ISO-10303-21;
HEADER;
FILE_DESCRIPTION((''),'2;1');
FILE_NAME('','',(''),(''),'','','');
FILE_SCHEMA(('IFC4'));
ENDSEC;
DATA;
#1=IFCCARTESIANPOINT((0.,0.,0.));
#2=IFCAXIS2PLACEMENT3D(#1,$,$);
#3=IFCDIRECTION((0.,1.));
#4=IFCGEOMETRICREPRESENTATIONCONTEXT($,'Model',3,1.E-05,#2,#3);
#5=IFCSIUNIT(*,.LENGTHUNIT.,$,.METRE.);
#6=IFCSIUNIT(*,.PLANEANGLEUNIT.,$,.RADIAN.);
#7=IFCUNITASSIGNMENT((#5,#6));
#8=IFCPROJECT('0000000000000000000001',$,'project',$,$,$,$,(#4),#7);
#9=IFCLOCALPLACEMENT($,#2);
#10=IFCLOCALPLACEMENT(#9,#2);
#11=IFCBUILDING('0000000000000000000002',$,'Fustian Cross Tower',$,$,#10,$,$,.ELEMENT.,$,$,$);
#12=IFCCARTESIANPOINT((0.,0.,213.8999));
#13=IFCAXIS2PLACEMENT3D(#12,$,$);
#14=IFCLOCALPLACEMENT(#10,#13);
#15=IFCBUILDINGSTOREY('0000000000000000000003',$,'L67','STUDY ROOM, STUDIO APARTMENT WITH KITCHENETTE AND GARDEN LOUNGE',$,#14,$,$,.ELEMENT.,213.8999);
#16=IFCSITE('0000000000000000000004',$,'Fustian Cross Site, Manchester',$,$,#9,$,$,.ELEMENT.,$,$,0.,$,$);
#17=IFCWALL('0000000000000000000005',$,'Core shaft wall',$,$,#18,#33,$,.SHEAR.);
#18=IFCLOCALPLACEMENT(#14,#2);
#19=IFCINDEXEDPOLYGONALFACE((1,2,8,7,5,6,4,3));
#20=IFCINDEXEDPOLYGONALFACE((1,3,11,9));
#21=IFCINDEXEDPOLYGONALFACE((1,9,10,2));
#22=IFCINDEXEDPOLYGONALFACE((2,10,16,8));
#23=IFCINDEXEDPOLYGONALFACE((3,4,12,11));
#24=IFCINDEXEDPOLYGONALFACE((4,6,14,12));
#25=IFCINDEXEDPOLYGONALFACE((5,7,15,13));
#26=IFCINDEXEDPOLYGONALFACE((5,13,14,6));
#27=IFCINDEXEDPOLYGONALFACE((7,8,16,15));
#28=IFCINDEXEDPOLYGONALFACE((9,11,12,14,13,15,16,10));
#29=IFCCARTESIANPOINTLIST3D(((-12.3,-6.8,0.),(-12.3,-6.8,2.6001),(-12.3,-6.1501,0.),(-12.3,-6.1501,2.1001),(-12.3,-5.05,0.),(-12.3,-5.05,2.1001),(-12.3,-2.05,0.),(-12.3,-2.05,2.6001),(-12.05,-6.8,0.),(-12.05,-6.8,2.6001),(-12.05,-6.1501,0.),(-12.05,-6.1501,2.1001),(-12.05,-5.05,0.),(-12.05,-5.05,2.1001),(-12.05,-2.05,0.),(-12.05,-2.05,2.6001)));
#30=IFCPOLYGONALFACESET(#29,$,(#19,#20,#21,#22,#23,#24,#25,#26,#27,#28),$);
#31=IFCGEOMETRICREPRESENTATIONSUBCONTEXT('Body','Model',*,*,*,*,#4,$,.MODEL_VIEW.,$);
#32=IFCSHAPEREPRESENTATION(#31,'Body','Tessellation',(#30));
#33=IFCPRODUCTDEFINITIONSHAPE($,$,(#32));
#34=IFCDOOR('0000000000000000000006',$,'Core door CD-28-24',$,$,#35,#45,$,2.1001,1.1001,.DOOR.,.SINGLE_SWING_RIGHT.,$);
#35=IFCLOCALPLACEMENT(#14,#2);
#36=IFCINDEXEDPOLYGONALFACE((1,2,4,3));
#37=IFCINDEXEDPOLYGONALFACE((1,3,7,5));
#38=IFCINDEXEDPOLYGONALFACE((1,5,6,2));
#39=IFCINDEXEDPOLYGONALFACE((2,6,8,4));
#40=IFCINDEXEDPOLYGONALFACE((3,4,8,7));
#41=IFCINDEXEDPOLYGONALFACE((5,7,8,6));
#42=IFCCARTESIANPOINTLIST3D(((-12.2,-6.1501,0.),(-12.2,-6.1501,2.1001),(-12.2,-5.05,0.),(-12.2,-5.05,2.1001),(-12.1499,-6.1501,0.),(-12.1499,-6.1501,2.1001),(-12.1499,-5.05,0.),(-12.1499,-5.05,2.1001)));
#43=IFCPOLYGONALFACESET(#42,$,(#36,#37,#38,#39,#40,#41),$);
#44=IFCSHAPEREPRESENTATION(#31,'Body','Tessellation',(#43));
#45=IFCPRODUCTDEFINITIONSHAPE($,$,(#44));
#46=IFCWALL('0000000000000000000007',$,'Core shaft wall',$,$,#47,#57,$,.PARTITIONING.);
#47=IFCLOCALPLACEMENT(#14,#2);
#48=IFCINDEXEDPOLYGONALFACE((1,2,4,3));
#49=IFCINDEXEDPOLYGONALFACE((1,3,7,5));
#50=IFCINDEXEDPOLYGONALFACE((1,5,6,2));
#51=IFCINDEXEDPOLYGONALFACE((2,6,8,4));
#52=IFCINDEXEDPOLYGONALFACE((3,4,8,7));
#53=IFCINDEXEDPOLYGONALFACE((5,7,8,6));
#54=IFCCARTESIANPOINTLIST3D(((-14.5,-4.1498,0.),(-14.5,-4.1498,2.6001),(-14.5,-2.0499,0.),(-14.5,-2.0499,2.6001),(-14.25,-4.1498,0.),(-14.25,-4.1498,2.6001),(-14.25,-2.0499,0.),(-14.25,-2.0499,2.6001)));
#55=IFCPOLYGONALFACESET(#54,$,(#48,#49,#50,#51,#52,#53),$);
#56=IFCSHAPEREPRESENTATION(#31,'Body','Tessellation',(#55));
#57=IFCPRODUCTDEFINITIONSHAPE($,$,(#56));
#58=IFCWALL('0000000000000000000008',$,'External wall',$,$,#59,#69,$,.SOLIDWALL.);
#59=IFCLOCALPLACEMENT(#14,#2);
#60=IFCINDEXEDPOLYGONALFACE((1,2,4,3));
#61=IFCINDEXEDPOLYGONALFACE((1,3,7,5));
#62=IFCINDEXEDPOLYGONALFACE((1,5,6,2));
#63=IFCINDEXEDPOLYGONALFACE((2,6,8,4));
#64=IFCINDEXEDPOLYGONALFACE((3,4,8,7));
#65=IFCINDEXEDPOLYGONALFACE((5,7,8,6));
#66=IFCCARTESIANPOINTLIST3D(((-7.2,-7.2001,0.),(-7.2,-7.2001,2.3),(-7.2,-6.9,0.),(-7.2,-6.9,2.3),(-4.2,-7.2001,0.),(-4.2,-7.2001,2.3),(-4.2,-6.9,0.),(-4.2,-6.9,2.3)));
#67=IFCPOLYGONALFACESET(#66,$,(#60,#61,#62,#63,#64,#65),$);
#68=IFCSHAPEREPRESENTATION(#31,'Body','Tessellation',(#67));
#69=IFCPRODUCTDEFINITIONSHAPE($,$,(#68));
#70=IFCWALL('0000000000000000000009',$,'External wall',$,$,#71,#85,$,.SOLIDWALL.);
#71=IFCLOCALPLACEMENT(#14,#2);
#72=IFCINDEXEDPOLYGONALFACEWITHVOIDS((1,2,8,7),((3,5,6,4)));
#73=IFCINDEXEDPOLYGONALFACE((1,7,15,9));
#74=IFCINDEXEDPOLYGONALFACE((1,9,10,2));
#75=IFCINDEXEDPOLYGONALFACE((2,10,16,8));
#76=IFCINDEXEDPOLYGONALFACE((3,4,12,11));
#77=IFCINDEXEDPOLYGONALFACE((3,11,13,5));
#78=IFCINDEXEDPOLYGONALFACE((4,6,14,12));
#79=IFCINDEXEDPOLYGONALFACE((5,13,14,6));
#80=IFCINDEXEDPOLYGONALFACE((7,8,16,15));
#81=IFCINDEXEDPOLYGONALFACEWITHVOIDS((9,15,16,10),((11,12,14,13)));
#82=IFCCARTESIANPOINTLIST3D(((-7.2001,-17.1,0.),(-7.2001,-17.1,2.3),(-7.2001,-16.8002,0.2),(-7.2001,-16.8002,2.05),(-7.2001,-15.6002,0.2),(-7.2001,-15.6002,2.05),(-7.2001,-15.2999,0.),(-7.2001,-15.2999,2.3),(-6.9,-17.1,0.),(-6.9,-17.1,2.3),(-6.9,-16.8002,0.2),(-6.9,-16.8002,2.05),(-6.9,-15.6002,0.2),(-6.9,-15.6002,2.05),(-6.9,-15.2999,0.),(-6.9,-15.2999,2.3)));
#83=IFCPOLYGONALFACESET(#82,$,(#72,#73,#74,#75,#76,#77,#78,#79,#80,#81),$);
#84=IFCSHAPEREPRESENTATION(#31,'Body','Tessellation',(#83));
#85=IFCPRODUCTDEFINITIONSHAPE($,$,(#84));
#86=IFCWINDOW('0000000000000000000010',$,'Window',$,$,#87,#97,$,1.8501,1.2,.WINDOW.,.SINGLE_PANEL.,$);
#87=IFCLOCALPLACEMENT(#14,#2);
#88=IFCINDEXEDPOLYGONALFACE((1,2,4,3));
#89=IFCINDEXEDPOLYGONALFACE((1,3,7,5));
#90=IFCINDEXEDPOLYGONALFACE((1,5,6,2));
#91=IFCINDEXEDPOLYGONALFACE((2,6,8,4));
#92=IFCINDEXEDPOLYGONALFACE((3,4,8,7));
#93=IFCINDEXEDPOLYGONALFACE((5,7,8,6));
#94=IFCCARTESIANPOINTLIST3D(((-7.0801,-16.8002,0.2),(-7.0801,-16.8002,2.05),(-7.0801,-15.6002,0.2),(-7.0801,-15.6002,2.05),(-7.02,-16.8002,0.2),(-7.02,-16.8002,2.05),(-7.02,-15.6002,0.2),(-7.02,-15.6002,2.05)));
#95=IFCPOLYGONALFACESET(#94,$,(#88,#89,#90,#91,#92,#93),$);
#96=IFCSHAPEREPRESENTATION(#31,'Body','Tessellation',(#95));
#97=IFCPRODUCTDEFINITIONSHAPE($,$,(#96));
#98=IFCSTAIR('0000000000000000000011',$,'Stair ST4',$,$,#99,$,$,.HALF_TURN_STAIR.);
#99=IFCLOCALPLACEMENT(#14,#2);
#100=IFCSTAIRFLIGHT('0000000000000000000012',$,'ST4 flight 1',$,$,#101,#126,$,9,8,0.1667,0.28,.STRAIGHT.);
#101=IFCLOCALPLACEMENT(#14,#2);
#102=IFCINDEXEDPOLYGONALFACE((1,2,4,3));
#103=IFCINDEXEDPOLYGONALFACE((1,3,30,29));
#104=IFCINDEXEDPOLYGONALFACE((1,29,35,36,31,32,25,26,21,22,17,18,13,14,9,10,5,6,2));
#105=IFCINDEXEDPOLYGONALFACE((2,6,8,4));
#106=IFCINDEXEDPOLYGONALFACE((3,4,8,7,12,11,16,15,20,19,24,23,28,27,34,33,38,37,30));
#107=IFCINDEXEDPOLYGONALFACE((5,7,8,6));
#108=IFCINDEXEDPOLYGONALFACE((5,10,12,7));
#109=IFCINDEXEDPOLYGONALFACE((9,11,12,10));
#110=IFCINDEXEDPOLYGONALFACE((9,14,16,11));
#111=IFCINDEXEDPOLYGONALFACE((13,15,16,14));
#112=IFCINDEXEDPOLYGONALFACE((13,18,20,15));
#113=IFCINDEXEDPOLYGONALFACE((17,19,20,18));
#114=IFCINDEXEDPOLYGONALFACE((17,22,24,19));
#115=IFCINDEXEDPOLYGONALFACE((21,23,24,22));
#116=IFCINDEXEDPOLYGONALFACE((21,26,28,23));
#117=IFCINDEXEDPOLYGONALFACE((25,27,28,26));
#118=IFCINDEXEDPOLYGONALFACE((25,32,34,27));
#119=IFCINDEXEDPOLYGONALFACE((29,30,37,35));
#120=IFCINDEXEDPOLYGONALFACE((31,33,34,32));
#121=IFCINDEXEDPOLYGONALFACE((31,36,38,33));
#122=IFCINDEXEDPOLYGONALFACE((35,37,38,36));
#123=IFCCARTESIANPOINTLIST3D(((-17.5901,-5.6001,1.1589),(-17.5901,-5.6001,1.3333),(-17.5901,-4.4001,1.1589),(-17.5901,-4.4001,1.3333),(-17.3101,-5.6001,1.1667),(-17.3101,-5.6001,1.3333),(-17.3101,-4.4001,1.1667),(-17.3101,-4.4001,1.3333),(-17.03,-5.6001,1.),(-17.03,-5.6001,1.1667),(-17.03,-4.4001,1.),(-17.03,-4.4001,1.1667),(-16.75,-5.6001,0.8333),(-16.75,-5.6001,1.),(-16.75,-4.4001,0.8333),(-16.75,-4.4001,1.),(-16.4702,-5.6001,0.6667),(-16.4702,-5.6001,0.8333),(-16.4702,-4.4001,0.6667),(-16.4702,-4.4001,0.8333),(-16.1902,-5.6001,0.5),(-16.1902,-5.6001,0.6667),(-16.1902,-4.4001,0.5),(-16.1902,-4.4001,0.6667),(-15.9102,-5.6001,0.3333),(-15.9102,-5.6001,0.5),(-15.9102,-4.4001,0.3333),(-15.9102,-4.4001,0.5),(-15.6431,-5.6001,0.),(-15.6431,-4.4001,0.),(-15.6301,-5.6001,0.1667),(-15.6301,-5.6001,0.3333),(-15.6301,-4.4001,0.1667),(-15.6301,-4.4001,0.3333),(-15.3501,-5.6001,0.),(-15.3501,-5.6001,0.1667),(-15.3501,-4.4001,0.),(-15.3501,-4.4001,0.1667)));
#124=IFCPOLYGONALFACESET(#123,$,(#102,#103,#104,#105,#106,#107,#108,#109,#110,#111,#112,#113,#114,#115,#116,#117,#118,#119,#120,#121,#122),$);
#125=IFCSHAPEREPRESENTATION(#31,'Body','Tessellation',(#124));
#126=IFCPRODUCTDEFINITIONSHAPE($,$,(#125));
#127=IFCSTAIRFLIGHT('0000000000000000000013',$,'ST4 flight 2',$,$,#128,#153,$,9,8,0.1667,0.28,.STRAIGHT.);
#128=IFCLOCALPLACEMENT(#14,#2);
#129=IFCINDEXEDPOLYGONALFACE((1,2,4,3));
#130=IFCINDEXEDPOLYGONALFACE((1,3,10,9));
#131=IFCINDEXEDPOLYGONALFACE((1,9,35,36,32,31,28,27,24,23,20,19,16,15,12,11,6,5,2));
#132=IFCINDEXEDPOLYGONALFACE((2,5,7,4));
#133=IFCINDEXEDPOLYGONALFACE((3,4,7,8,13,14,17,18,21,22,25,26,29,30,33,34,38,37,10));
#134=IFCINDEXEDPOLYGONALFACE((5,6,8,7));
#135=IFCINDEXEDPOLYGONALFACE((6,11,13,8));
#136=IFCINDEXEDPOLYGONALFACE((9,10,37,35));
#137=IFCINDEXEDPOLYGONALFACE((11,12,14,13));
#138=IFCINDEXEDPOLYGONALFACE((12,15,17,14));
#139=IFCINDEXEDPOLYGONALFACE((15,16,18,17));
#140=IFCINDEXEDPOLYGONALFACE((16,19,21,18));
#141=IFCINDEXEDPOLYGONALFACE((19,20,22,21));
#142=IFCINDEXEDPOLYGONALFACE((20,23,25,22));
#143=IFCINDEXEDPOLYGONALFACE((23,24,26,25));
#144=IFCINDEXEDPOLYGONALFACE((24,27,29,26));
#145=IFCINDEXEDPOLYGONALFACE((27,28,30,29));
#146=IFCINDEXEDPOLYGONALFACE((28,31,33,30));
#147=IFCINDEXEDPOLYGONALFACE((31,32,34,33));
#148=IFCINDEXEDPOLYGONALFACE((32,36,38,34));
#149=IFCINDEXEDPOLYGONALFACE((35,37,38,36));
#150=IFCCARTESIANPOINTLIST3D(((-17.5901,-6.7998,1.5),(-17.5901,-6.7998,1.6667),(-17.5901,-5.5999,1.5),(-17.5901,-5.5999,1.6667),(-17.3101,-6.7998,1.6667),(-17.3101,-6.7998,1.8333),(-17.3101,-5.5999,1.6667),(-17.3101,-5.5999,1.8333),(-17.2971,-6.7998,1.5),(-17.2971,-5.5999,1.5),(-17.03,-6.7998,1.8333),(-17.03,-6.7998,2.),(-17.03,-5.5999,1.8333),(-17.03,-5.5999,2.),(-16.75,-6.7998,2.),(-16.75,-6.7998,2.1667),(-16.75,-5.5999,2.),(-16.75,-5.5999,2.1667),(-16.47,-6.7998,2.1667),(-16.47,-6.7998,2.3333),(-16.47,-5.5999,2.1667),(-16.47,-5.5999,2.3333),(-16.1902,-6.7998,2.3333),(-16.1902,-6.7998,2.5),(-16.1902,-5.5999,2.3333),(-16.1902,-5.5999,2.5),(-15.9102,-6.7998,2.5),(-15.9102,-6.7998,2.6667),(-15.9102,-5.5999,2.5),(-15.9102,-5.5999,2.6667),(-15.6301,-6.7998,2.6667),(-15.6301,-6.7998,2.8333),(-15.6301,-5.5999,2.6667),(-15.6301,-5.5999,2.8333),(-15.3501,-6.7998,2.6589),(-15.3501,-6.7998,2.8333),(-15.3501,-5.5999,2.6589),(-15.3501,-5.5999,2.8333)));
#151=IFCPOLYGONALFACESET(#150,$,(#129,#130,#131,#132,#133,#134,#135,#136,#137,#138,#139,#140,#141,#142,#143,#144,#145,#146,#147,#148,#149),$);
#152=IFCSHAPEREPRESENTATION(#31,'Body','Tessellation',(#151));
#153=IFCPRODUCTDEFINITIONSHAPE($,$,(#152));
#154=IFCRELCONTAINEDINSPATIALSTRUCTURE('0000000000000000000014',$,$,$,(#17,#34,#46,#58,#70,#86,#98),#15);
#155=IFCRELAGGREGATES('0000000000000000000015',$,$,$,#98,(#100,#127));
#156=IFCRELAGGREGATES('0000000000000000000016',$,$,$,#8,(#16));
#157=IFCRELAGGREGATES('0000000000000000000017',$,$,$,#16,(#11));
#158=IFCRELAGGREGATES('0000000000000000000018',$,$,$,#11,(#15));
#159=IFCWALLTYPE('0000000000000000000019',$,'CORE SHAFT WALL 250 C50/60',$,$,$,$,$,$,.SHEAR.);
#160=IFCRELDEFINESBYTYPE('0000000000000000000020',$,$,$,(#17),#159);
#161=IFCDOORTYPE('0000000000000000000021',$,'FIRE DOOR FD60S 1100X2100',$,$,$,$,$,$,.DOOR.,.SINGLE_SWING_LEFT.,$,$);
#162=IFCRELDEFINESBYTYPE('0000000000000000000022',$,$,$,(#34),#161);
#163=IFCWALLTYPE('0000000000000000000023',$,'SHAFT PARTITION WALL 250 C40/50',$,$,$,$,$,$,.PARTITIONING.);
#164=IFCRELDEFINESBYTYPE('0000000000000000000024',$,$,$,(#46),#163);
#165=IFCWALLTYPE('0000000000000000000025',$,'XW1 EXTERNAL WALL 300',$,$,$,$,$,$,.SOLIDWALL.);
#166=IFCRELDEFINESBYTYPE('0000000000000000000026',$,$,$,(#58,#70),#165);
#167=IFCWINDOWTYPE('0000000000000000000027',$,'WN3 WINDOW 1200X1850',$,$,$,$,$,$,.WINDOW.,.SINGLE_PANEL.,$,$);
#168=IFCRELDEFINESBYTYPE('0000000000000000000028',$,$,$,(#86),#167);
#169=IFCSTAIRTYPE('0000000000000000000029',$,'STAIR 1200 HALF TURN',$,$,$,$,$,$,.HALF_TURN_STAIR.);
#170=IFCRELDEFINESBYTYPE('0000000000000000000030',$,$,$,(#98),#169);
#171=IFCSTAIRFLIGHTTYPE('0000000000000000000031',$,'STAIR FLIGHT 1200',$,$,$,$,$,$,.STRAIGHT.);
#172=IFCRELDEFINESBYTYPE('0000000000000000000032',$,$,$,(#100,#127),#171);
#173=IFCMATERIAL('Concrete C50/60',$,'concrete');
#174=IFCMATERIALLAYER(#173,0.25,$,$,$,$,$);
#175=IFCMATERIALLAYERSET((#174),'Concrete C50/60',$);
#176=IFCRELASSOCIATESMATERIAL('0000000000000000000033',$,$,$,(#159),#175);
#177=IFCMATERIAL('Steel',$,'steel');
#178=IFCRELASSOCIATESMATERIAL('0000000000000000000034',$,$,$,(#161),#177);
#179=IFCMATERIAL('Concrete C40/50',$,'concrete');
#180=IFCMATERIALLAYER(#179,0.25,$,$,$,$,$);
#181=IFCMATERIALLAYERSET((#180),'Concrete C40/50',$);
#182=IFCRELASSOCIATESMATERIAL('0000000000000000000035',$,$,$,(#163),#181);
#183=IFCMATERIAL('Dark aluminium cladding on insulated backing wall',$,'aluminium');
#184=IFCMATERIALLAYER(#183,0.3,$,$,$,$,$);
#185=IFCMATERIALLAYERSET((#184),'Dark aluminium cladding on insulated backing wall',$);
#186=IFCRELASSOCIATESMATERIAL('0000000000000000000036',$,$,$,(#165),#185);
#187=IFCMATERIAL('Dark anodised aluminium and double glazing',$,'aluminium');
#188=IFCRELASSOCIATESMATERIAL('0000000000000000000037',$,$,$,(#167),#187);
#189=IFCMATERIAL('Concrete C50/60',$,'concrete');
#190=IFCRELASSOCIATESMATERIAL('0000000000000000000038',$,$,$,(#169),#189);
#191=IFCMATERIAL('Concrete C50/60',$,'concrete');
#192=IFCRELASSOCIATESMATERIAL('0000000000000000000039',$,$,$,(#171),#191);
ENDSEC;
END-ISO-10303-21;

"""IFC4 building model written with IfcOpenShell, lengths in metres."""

from ifc_helpers import new_model, si_unit, direction, frame, frame_2d, origin, place, context, subcontext, project, spatial, polyline, rectangle, outline, extrude, material, layer, layer_set, type_object, element, fill, aggregate, save


model = new_model("IFC4")

# Units and contexts
model_context = context("Model", 3, precision=1e-05, world=origin(), true_north=direction((0.0, 1.0)))
body_context = subcontext(model_context, "Body", "Model", "MODEL_VIEW")
ifc_project = project(units=[si_unit("LENGTHUNIT", "METRE"), si_unit("PLANEANGLEUNIT", "RADIAN")], contexts=[model_context])

# Site, building, storey
site_placement = place(None, origin())
site = spatial("IfcSite", under=ifc_project, at=site_placement, Name="Fustian Cross Site, Manchester", CompositionType="ELEMENT", RefElevation=0.0)
building_placement = place(site_placement, origin())
building = spatial("IfcBuilding", under=site, at=building_placement, Name="Fustian Cross Tower", CompositionType="ELEMENT")
storey_placement = place(building_placement, frame((0.0, 0.0, 213.8999)))
storey = spatial("IfcBuildingStorey", under=building, at=storey_placement, Name="L67", Description="STUDY ROOM, STUDIO APARTMENT WITH KITCHENETTE AND GARDEN LOUNGE", CompositionType="ELEMENT", Elevation=213.8999)

# Shared definitions
ifc_material_1 = material(Name="Concrete C50/60", Category="concrete")
ifc_layer_1 = layer(ifc_material_1, 0.25)
ifc_layer_set_1 = layer_set([ifc_layer_1], Name="Concrete C50/60")
wall_type_1 = type_object("IfcWallType", Name="CORE SHAFT WALL 250 C50/60", PredefinedType="SHEAR", material=ifc_layer_set_1)

# Wall, opening, door
wall_1_placement = place(storey_placement, frame((-12.175, -2.05, 0.0), z_axis=(0.0, 0.0, 1.0), x_axis=(0.0, -1.0, 0.0)))
wall_1 = element("IfcWall", 1, at=wall_1_placement, inside=storey, type_object=wall_type_1, Name="Core shaft wall", PredefinedType="SHEAR", context=body_context, shape_type="SweptSolid", body=[
    extrude(rectangle(XDim=4.75, YDim=0.25, at=frame_2d((2.375, 0.0))), origin(), (0.0, 0.0, 1.0), 2.6001),
])
opening_1_placement = place(wall_1_placement, frame((3.0, 0.0, 0.0)))
opening_1 = element("IfcOpeningElement", 2, at=opening_1_placement, cuts=wall_1, PredefinedType="OPENING", context=body_context, shape_type="SweptSolid", body=[
    extrude(rectangle(XDim=1.1001, YDim=2.1001, at=frame_2d((0.55, 1.05))), frame((0.0, 0.135, 0.0), z_axis=(0.0, -1.0, 0.0), x_axis=(1.0, 0.0, 0.0)), (0.0, 0.0, 1.0), 0.27),
])
ifc_material_2 = material(Name="Steel", Category="steel")
door_type_1 = type_object("IfcDoorType", Name="FIRE DOOR FD60S 1100X2100", OperationType="SINGLE_SWING_LEFT", PredefinedType="DOOR", material=ifc_material_2)
door_1_placement = place(opening_1_placement, frame((1.1001, 0.0, 0.0), z_axis=(0.0, 0.0, 1.0), x_axis=(-1.0, 0.0, 0.0)))
door_1 = element("IfcDoor", 3, at=door_1_placement, inside=storey, type_object=door_type_1, Name="Core door CD-28-24", OperationType="SINGLE_SWING_RIGHT", OverallHeight=2.1001, OverallWidth=1.1001, PredefinedType="DOOR", context=body_context, shape_type="SweptSolid", body=[
    extrude(rectangle(XDim=1.1001, YDim=2.1001, at=frame_2d((0.55, 1.05))), frame((0.0, 0.0249, 0.0), z_axis=(0.0, -1.0, 0.0), x_axis=(1.0, 0.0, 0.0)), (0.0, 0.0, 1.0), 0.05),
])
fill(opening_1, door_1)

# Walls
ifc_material_3 = material(Name="Concrete C40/50", Category="concrete")
ifc_layer_2 = layer(ifc_material_3, 0.25)
ifc_layer_set_2 = layer_set([ifc_layer_2], Name="Concrete C40/50")
wall_type_2 = type_object("IfcWallType", Name="SHAFT PARTITION WALL 250 C40/50", PredefinedType="PARTITIONING", material=ifc_layer_set_2)
wall_2_placement = place(storey_placement, frame((-14.375, -2.05, 0.0), z_axis=(0.0, 0.0, 1.0), x_axis=(0.0, -1.0, 0.0)))
element("IfcWall", 4, at=wall_2_placement, inside=storey, type_object=wall_type_2, Name="Core shaft wall", PredefinedType="PARTITIONING", context=body_context, shape_type="SweptSolid", body=[
    extrude(rectangle(XDim=2.0999, YDim=0.25, at=frame_2d((1.0498, 0.0))), origin(), (0.0, 0.0, 1.0), 2.6001),
])
ifc_material_4 = material(Name="Dark aluminium cladding on insulated backing wall", Category="aluminium")
ifc_layer_3 = layer(ifc_material_4, 0.3)
ifc_layer_set_3 = layer_set([ifc_layer_3], Name="Dark aluminium cladding on insulated backing wall")
wall_type_3 = type_object("IfcWallType", Name="XW1 EXTERNAL WALL 300", PredefinedType="SOLIDWALL", material=ifc_layer_set_3)
wall_3_placement = place(storey_placement, frame((-7.2, -7.05, 0.0), z_axis=(0.0, 0.0, 1.0), x_axis=(1.0, 0.0, 0.0)))
element("IfcWall", 5, at=wall_3_placement, inside=storey, type_object=wall_type_3, Name="External wall", PredefinedType="SOLIDWALL", context=body_context, shape_type="SweptSolid", body=[
    extrude(rectangle(XDim=3.0, YDim=0.3, at=frame_2d((1.5, 0.0))), origin(), (0.0, 0.0, 1.0), 2.3),
])

# Wall, opening, window
wall_4_placement = place(storey_placement, frame((-7.05, -15.3, 0.0), z_axis=(0.0, 0.0, 1.0), x_axis=(0.0, -1.0, 0.0)))
wall_4 = element("IfcWall", 6, at=wall_4_placement, inside=storey, type_object=wall_type_3, Name="External wall", PredefinedType="SOLIDWALL", context=body_context, shape_type="SweptSolid", body=[
    extrude(rectangle(XDim=1.8, YDim=0.3, at=frame_2d((0.8999, 0.0))), origin(), (0.0, 0.0, 1.0), 2.3),
])
opening_2_placement = place(wall_4_placement, frame((0.3, 0.0, 0.2)))
opening_2 = element("IfcOpeningElement", 7, at=opening_2_placement, cuts=wall_4, PredefinedType="OPENING", context=body_context, shape_type="SweptSolid", body=[
    extrude(rectangle(XDim=1.2, YDim=1.8501, at=frame_2d((0.6001, 0.925))), frame((0.0, 0.1599, 0.0), z_axis=(0.0, -1.0, 0.0), x_axis=(1.0, 0.0, 0.0)), (0.0, 0.0, 1.0), 0.3201),
])
ifc_material_5 = material(Name="Dark anodised aluminium and double glazing", Category="aluminium")
window_type = type_object("IfcWindowType", Name="WN3 WINDOW 1200X1850", PartitioningType="SINGLE_PANEL", PredefinedType="WINDOW", material=ifc_material_5)
window_placement = place(opening_2_placement, origin())
window = element("IfcWindow", 8, at=window_placement, inside=storey, type_object=window_type, Name="Window", OverallHeight=1.8501, OverallWidth=1.2, PartitioningType="SINGLE_PANEL", PredefinedType="WINDOW", context=body_context, shape_type="SweptSolid", body=[
    extrude(rectangle(XDim=1.2, YDim=1.8501, at=frame_2d((0.6001, 0.925))), frame((0.0, 0.03, 0.0), z_axis=(0.0, -1.0, 0.0), x_axis=(1.0, 0.0, 0.0)), (0.0, 0.0, 1.0), 0.0601),
])
fill(opening_2, window)

# Stair, stair flights
ifc_material_6 = material(Name="Concrete C50/60", Category="concrete")
stair_type = type_object("IfcStairType", Name="STAIR 1200 HALF TURN", PredefinedType="HALF_TURN_STAIR", material=ifc_material_6)
stair_placement = place(storey_placement, origin())
stair = element("IfcStair", 9, at=stair_placement, inside=storey, type_object=stair_type, Name="Stair ST4", PredefinedType="HALF_TURN_STAIR")
ifc_material_7 = material(Name="Concrete C50/60", Category="concrete")
stair_flight_type = type_object("IfcStairFlightType", Name="STAIR FLIGHT 1200", PredefinedType="STRAIGHT", material=ifc_material_7)
stair_flight_1_placement = place(storey_placement, frame((-15.3501, -5.0, 0.0), z_axis=(0.0, 0.0, 1.0), x_axis=(-1.0, 0.0, 0.0)))
stair_flight_1 = element("IfcStairFlight", 10, at=stair_flight_1_placement, type_object=stair_flight_type, Name="ST4 flight 1", NumberOfRisers=9, NumberOfTreads=8, PredefinedType="STRAIGHT", RiserHeight=0.1667, TreadLength=0.28, context=body_context, shape_type="SweptSolid", body=[
    extrude(outline(polyline([(0.0, 0.0), (0.0, 0.1667), (0.28, 0.1667), (0.28, 0.3333), (0.5601, 0.3333), (0.5601, 0.5), (0.8401, 0.5), (0.8401, 0.6667), (1.1201, 0.6667), (1.1201, 0.8333), (1.3999, 0.8333), (1.3999, 1.0), (1.6799, 1.0), (1.6799, 1.1667), (1.96, 1.1667), (1.96, 1.3333), (2.24, 1.3333), (2.24, 1.5), (2.24, 1.1589), (0.293, 0.0), (0.0, 0.0)])), frame((0.0, 0.6001, 0.0), z_axis=(0.0, -1.0, 0.0), x_axis=(1.0, 0.0, 0.0)), (0.0, 0.0, 1.0), 1.2),
])
stair_flight_2_placement = place(storey_placement, frame((-17.5901, -6.2, 1.5), z_axis=(0.0, 0.0, 1.0), x_axis=(1.0, 0.0, 0.0)))
stair_flight_2 = element("IfcStairFlight", 11, at=stair_flight_2_placement, type_object=stair_flight_type, Name="ST4 flight 2", NumberOfRisers=9, NumberOfTreads=8, PredefinedType="STRAIGHT", RiserHeight=0.1667, TreadLength=0.28, context=body_context, shape_type="SweptSolid", body=[
    extrude(outline(polyline([(0.0, 0.0), (0.0, 0.1667), (0.28, 0.1667), (0.28, 0.3333), (0.5601, 0.3333), (0.5601, 0.5), (0.8401, 0.5), (0.8401, 0.6667), (1.1201, 0.6667), (1.1201, 0.8333), (1.3999, 0.8333), (1.3999, 1.0), (1.6799, 1.0), (1.6799, 1.1667), (1.96, 1.1667), (1.96, 1.3333), (2.24, 1.3333), (2.24, 1.5), (2.24, 1.1589), (0.293, 0.0), (0.0, 0.0)])), frame((0.0, 0.6001, 0.0), z_axis=(0.0, -1.0, 0.0), x_axis=(1.0, 0.0, 0.0)), (0.0, 0.0, 1.0), 1.2),
])
aggregate(stair, [stair_flight_1, stair_flight_2])

save(model, "model.ifc")
